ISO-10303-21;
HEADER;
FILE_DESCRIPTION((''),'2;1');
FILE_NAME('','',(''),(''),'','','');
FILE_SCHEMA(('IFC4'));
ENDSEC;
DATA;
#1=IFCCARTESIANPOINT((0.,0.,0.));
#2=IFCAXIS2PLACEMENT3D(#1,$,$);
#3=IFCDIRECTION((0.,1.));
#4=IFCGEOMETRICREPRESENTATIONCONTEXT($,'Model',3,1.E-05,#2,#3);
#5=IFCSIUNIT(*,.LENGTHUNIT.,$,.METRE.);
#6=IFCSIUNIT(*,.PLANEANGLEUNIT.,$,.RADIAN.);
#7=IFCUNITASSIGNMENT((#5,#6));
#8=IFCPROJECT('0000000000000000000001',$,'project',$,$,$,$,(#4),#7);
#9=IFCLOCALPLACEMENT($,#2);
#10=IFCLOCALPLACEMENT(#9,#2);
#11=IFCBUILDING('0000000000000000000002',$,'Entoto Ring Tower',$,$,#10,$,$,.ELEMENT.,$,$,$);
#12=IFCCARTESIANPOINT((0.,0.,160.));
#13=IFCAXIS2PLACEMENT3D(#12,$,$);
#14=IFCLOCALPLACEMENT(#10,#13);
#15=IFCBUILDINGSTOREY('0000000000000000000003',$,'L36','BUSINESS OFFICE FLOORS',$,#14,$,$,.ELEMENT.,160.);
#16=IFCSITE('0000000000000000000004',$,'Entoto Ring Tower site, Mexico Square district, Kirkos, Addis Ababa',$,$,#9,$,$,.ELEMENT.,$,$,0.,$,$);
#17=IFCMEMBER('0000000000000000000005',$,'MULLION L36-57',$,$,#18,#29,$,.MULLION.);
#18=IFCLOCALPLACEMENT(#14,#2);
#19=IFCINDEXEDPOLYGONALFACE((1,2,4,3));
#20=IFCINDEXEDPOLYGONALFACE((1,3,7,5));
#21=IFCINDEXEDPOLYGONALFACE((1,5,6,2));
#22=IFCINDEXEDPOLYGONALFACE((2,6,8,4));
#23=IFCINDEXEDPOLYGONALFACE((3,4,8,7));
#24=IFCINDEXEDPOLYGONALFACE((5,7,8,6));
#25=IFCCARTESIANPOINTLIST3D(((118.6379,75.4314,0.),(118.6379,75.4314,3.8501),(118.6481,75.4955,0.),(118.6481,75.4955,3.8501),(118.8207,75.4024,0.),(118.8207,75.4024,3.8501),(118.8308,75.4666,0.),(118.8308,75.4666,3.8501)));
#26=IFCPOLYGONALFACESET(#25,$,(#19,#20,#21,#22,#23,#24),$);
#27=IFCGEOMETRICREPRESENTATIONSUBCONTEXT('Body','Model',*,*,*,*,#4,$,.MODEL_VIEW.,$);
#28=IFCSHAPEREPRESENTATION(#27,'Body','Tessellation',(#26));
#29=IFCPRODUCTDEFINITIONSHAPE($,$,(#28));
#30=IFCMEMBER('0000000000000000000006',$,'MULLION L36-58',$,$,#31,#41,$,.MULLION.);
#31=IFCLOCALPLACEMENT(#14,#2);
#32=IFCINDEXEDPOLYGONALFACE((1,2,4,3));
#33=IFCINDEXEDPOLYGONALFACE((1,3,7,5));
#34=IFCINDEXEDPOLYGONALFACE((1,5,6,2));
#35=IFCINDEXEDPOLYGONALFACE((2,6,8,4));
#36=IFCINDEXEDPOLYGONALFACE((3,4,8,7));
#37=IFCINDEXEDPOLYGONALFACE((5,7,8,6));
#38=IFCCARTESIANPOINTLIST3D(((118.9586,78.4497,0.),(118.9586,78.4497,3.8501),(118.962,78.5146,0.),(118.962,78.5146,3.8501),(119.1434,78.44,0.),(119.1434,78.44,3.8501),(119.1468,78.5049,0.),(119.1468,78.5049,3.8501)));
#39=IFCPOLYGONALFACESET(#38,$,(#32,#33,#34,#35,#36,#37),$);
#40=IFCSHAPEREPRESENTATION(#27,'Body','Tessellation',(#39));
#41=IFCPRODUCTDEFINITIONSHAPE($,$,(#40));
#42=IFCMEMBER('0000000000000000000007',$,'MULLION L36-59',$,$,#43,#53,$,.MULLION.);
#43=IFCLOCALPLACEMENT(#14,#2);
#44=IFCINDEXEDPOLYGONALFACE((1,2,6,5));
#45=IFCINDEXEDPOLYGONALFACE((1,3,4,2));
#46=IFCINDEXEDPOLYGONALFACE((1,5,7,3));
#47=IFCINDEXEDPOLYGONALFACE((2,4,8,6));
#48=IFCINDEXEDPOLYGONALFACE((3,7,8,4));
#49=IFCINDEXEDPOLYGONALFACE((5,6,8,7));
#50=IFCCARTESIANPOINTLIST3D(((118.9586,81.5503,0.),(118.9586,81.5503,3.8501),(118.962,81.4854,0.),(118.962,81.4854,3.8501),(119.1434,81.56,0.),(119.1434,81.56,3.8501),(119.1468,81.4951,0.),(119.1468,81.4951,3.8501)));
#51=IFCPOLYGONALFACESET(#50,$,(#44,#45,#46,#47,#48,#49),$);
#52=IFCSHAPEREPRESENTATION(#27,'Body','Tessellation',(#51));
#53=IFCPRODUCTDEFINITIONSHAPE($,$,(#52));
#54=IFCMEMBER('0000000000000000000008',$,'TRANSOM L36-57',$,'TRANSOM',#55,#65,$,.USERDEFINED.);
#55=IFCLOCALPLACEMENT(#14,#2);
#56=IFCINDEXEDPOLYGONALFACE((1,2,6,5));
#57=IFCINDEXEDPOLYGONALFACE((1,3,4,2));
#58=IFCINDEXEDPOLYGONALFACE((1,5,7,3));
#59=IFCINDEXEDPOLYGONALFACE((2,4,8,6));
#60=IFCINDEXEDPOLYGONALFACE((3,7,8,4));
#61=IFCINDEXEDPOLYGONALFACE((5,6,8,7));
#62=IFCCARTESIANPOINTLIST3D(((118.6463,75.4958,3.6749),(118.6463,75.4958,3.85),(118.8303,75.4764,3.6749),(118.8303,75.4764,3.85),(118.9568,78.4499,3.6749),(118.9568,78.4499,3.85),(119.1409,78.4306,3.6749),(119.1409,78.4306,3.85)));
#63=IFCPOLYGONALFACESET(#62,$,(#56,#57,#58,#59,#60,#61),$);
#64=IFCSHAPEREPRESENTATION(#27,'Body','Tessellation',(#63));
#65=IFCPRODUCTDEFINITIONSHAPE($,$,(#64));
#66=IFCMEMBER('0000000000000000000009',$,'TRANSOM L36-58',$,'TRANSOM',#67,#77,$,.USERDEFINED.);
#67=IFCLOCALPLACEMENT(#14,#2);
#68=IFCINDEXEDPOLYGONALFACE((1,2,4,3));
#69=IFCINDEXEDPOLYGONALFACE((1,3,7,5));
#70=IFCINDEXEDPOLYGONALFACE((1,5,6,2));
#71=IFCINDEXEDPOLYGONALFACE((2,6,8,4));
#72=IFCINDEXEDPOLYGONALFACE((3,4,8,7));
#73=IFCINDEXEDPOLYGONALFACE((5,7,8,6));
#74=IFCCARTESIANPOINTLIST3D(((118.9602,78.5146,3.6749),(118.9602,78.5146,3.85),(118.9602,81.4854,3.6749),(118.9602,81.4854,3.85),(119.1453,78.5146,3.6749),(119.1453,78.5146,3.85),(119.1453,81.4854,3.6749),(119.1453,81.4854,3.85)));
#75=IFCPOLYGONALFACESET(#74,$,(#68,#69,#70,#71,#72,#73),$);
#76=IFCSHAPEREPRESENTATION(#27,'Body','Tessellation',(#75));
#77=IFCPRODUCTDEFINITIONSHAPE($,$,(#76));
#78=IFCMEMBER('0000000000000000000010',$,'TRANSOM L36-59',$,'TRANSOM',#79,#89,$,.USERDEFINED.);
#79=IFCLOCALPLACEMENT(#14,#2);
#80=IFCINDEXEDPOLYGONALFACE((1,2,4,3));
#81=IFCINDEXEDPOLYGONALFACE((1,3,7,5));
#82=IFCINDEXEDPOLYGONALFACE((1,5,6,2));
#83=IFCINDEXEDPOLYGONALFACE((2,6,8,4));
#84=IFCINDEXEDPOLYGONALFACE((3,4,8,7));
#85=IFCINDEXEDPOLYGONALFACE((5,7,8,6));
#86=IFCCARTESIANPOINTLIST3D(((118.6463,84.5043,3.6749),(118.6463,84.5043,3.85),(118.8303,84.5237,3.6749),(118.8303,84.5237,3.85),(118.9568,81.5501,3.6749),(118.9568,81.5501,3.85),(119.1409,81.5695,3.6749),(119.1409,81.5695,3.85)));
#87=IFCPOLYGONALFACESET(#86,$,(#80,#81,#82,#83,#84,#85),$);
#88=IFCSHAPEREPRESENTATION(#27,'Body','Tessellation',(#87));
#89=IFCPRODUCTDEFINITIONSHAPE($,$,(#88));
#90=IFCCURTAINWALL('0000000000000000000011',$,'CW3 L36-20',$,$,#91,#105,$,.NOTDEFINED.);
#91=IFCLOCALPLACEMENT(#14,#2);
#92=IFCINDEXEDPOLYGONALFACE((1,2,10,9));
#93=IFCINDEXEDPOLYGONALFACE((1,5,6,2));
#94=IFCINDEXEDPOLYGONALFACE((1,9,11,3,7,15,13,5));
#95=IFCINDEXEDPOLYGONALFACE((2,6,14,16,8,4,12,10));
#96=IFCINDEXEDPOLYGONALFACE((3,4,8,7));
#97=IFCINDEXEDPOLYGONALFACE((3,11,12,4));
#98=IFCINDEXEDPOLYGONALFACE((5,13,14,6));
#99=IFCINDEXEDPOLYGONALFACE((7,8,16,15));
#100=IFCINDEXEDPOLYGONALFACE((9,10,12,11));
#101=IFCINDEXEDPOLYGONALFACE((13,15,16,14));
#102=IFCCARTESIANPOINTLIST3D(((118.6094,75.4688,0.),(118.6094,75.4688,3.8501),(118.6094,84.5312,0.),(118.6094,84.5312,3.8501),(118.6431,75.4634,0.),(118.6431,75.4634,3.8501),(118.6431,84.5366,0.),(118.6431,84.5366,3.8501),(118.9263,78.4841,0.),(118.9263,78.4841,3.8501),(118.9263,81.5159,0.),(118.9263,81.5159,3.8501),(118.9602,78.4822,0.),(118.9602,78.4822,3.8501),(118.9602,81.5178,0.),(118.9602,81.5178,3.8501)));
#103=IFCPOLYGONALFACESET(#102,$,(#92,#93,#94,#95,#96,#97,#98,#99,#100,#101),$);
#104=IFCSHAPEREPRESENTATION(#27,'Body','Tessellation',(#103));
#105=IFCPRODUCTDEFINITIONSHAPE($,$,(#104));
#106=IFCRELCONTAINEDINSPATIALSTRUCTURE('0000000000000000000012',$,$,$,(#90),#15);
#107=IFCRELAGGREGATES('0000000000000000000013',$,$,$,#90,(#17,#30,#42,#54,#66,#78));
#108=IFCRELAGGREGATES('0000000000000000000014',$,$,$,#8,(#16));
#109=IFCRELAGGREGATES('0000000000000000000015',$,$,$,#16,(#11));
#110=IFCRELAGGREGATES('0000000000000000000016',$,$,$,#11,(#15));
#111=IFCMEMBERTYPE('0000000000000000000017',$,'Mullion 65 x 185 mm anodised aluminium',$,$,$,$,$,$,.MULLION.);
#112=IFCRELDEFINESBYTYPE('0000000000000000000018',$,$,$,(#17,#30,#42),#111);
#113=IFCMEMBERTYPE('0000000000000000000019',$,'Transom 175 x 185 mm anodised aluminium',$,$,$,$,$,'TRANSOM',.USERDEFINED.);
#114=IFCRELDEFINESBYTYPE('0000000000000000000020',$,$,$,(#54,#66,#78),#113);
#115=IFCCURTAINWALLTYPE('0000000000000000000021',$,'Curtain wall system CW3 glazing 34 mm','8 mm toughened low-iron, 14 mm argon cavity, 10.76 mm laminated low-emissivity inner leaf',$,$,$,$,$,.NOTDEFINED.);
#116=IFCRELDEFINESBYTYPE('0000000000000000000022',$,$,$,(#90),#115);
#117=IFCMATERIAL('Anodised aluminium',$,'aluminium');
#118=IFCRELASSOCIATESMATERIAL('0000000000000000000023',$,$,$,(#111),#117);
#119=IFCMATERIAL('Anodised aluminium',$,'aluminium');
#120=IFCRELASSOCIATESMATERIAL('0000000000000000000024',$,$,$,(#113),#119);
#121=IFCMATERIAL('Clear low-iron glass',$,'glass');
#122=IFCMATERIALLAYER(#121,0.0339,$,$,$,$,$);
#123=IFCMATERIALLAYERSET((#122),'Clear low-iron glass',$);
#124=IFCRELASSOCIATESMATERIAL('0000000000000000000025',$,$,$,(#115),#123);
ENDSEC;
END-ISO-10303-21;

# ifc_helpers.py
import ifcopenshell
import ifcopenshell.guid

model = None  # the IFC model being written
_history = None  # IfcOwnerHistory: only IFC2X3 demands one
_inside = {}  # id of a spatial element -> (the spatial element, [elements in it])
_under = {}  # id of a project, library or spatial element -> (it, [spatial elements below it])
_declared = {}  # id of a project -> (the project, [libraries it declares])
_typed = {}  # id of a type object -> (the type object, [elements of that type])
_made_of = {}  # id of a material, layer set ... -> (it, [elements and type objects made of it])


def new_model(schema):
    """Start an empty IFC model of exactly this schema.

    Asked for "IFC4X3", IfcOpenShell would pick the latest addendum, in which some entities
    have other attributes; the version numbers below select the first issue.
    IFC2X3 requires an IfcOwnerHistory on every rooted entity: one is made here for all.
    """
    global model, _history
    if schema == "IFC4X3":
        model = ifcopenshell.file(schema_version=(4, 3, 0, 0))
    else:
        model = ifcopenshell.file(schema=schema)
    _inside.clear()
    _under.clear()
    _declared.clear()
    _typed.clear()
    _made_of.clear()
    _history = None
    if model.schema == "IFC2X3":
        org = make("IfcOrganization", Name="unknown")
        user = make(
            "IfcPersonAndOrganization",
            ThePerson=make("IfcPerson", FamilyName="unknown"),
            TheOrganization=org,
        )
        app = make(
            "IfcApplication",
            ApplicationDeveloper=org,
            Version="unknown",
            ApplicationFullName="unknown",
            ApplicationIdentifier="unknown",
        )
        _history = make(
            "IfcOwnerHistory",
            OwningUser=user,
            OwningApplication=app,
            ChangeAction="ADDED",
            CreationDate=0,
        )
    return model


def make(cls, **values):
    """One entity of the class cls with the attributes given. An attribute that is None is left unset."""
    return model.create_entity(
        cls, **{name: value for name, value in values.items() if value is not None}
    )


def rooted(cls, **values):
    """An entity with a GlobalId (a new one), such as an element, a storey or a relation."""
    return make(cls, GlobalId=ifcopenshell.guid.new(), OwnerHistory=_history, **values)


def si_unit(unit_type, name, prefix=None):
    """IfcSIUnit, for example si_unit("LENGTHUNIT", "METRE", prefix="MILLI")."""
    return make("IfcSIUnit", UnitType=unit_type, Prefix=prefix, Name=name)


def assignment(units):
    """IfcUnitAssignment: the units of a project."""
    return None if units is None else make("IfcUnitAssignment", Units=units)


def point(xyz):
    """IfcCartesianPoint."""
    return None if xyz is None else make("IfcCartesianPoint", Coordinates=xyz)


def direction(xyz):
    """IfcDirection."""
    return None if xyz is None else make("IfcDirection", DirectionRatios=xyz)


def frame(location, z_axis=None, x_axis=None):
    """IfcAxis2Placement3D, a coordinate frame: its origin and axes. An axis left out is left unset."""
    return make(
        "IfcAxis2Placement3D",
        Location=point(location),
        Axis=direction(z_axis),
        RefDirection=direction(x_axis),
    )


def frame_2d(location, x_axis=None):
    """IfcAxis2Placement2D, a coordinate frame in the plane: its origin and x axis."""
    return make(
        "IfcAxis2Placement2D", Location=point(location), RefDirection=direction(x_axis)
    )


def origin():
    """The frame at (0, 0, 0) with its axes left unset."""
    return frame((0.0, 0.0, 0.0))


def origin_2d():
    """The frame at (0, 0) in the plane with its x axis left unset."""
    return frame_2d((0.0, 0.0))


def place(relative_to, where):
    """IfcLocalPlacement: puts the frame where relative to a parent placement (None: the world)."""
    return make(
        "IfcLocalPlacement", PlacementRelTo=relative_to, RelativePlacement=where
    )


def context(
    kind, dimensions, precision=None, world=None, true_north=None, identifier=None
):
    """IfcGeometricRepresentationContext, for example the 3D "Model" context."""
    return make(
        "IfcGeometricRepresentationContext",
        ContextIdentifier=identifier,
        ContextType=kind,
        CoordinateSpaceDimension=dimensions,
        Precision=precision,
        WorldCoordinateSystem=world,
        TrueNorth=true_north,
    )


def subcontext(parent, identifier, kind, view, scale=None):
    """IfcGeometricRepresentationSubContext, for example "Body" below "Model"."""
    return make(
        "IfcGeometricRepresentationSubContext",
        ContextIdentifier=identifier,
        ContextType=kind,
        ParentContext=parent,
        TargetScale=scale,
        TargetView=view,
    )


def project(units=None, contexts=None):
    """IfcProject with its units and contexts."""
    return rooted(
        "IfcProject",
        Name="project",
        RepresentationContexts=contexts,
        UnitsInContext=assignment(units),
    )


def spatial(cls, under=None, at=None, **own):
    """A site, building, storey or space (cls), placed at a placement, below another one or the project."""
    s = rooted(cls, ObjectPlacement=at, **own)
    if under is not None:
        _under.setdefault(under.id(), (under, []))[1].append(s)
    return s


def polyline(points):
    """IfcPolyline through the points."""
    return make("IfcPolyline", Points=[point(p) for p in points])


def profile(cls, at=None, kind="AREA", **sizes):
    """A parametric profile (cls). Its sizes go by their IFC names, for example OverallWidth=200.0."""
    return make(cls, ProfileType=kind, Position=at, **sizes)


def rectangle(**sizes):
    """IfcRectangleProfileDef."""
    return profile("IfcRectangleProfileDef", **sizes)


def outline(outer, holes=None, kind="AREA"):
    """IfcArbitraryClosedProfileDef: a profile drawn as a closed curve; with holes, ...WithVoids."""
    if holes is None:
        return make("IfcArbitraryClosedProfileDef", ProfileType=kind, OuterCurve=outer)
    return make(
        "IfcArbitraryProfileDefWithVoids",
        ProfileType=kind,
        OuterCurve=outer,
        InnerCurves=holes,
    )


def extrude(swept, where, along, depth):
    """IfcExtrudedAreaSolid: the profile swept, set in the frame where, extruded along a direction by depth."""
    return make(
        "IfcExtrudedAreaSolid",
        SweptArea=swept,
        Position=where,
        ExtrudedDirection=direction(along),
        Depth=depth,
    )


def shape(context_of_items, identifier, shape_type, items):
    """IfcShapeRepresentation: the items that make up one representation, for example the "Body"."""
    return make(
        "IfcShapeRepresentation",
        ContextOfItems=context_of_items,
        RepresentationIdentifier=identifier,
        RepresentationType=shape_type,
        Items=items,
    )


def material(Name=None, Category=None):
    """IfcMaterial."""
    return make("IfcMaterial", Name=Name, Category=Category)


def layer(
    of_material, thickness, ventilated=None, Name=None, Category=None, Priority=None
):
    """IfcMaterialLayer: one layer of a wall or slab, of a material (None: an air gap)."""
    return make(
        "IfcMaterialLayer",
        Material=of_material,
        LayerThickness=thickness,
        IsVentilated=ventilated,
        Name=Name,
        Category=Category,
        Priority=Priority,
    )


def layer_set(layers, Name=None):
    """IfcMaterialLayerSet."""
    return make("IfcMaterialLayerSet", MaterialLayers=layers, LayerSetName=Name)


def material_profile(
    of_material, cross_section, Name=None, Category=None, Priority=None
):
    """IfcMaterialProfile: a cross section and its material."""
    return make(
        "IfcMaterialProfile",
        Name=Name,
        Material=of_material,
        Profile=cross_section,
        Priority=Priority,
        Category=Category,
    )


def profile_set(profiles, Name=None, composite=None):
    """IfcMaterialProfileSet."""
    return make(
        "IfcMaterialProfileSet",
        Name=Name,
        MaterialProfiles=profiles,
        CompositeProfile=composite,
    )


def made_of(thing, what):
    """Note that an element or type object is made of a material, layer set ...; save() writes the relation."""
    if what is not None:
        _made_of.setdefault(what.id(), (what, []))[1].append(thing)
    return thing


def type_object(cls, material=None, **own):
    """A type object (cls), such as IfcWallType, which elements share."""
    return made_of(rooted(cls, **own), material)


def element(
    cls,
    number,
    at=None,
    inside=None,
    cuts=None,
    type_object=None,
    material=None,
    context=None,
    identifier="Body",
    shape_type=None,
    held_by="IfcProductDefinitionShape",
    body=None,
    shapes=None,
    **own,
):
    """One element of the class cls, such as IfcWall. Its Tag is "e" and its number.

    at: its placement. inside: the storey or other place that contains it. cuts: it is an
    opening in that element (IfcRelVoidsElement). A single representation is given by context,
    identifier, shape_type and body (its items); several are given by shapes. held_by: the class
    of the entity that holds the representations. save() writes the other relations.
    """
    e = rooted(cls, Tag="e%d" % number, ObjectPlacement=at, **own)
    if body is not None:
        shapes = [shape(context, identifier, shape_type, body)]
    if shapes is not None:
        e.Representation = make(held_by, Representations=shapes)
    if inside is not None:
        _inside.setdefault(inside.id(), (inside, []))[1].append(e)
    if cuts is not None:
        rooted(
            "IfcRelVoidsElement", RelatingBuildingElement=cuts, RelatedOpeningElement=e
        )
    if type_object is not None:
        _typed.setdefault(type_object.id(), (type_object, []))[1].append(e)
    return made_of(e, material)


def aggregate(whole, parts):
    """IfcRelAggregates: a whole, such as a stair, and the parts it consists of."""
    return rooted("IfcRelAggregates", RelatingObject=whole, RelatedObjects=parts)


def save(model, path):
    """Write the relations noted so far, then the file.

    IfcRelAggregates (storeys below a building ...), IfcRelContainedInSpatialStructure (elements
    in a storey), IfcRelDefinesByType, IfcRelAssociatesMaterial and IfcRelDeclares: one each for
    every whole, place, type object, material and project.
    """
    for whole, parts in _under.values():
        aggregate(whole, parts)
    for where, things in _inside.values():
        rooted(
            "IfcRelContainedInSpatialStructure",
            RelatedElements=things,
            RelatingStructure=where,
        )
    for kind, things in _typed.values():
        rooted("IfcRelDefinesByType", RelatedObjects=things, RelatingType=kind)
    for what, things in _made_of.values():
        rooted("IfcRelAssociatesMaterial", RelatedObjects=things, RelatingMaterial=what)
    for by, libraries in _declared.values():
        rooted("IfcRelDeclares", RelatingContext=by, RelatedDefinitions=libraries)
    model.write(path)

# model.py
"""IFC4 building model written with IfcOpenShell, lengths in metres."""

from ifc_helpers import new_model, si_unit, direction, frame, origin, origin_2d, place, context, subcontext, project, spatial, polyline, rectangle, outline, extrude, material, layer, layer_set, material_profile, profile_set, type_object, element, aggregate, save


model = new_model("IFC4")

# Units and contexts
model_context = context("Model", 3, precision=1e-05, world=origin(), true_north=direction((0.0, 1.0)))
body_context = subcontext(model_context, "Body", "Model", "MODEL_VIEW")
ifc_project = project(units=[si_unit("LENGTHUNIT", "METRE"), si_unit("PLANEANGLEUNIT", "RADIAN")], contexts=[model_context])

# Members
ifc_material_1 = material(Name="Anodised aluminium", Category="aluminium")
ifc_material_profile_1 = material_profile(ifc_material_1, rectangle(XDim=0.0649, YDim=0.1851, at=origin_2d()), Name="Mullion 65 x 185 mm anodised aluminium")
ifc_profile_set_1 = profile_set([ifc_material_profile_1], Name="Anodised aluminium")
member_type_1 = type_object("IfcMemberType", Name="Mullion 65 x 185 mm anodised aluminium", PredefinedType="MULLION", material=ifc_profile_set_1)
site_placement = place(None, origin())
building_placement = place(site_placement, origin())
storey_placement = place(building_placement, frame((0.0, 0.0, 160.0)))
member_1_placement = place(storey_placement, frame((118.7344, 75.449, 0.0), z_axis=(0.0, 0.0, 1.0), x_axis=(0.156434, 0.987688, 0.0)))
member_1 = element("IfcMember", 1, at=member_1_placement, type_object=member_type_1, Name="MULLION L36-57", PredefinedType="MULLION", context=body_context, shape_type="SweptSolid", body=[
    extrude(rectangle(XDim=0.0649, YDim=0.1851, at=origin_2d()), origin(), (0.0, 0.0, 1.0), 3.8501),
])
member_2_placement = place(storey_placement, frame((119.0527, 78.4773, 0.0), z_axis=(0.0, 0.0, 1.0), x_axis=(0.052336, 0.99863, 0.0)))
member_2 = element("IfcMember", 2, at=member_2_placement, type_object=member_type_1, Name="MULLION L36-58", PredefinedType="MULLION", context=body_context, shape_type="SweptSolid", body=[
    extrude(rectangle(XDim=0.0649, YDim=0.1851, at=origin_2d()), origin(), (0.0, 0.0, 1.0), 3.8501),
])
member_3_placement = place(storey_placement, frame((119.0527, 81.5227, 0.0), z_axis=(0.0, 0.0, 1.0), x_axis=(-0.052336, 0.99863, 0.0)))
member_3 = element("IfcMember", 3, at=member_3_placement, type_object=member_type_1, Name="MULLION L36-59", PredefinedType="MULLION", context=body_context, shape_type="SweptSolid", body=[
    extrude(rectangle(XDim=0.0649, YDim=0.1851, at=origin_2d()), origin(), (0.0, 0.0, 1.0), 3.8501),
])
ifc_material_2 = material(Name="Anodised aluminium", Category="aluminium")
ifc_material_profile_2 = material_profile(ifc_material_2, rectangle(XDim=0.1851, YDim=0.175, at=origin_2d()), Name="Transom 175 x 185 mm anodised aluminium")
ifc_profile_set_2 = profile_set([ifc_material_profile_2], Name="Anodised aluminium")
member_type_2 = type_object("IfcMemberType", Name="Transom 175 x 185 mm anodised aluminium", ElementType="TRANSOM", PredefinedType="USERDEFINED", material=ifc_profile_set_2)
member_4_placement = place(storey_placement, frame((118.7383, 75.4861, 3.7625), z_axis=(0.104548, 0.99452, 0.0), x_axis=(-0.99452, 0.104548, 0.0)))
member_4 = element("IfcMember", 4, at=member_4_placement, type_object=member_type_2, Name="TRANSOM L36-57", ObjectType="TRANSOM", PredefinedType="USERDEFINED", context=body_context, shape_type="SweptSolid", body=[
    extrude(rectangle(XDim=0.1851, YDim=0.175, at=origin_2d()), origin(), (0.0, 0.0, 1.0), 2.9705),
])
member_5_placement = place(storey_placement, frame((119.0527, 78.5146, 3.7625), z_axis=(0.0, 1.0, 0.0), x_axis=(-1.0, 0.0, 0.0)))
member_5 = element("IfcMember", 5, at=member_5_placement, type_object=member_type_2, Name="TRANSOM L36-58", ObjectType="TRANSOM", PredefinedType="USERDEFINED", context=body_context, shape_type="SweptSolid", body=[
    extrude(rectangle(XDim=0.1851, YDim=0.175, at=origin_2d()), origin(), (0.0, 0.0, 1.0), 2.9707),
])
member_6_placement = place(storey_placement, frame((119.0488, 81.5598, 3.7625), z_axis=(-0.104548, 0.99452, 0.0), x_axis=(-0.99452, -0.104548, 0.0)))
member_6 = element("IfcMember", 6, at=member_6_placement, type_object=member_type_2, Name="TRANSOM L36-59", ObjectType="TRANSOM", PredefinedType="USERDEFINED", context=body_context, shape_type="SweptSolid", body=[
    extrude(rectangle(XDim=0.1851, YDim=0.175, at=origin_2d()), origin(), (0.0, 0.0, 1.0), 2.9705),
])

# Site, building, storey
site = spatial("IfcSite", under=ifc_project, at=site_placement, Name="Entoto Ring Tower site, Mexico Square district, Kirkos, Addis Ababa", CompositionType="ELEMENT", RefElevation=0.0)
building = spatial("IfcBuilding", under=site, at=building_placement, Name="Entoto Ring Tower", CompositionType="ELEMENT")
storey = spatial("IfcBuildingStorey", under=building, at=storey_placement, Name="L36", Description="BUSINESS OFFICE FLOORS", CompositionType="ELEMENT", Elevation=160.0)

# Curtain wall
ifc_material_3 = material(Name="Clear low-iron glass", Category="glass")
ifc_layer = layer(ifc_material_3, 0.0339)
ifc_layer_set = layer_set([ifc_layer], Name="Clear low-iron glass")
curtain_wall_type = type_object("IfcCurtainWallType", Name="Curtain wall system CW3 glazing 34 mm", Description="8 mm toughened low-iron, 14 mm argon cavity, 10.76 mm laminated low-emissivity inner leaf", PredefinedType="NOTDEFINED", material=ifc_layer_set)
curtain_wall_1_placement = place(storey_placement, origin())
curtain_wall_1 = element("IfcCurtainWall", 7, at=curtain_wall_1_placement, inside=storey, type_object=curtain_wall_type, Name="CW3 L36-20", PredefinedType="NOTDEFINED", context=body_context, shape_type="SweptSolid", body=[
    extrude(outline(polyline([(118.6431, 75.4634), (118.9602, 78.4822), (118.9602, 81.5178), (118.6431, 84.5366), (118.6094, 84.5312), (118.9263, 81.5159), (118.9263, 78.4841), (118.6094, 75.4688), (118.6431, 75.4634)])), origin(), (0.0, 0.0, 1.0), 3.8501),
])
aggregate(curtain_wall_1, [member_1, member_2, member_3, member_4, member_5, member_6])

save(model, "model.ifc")
